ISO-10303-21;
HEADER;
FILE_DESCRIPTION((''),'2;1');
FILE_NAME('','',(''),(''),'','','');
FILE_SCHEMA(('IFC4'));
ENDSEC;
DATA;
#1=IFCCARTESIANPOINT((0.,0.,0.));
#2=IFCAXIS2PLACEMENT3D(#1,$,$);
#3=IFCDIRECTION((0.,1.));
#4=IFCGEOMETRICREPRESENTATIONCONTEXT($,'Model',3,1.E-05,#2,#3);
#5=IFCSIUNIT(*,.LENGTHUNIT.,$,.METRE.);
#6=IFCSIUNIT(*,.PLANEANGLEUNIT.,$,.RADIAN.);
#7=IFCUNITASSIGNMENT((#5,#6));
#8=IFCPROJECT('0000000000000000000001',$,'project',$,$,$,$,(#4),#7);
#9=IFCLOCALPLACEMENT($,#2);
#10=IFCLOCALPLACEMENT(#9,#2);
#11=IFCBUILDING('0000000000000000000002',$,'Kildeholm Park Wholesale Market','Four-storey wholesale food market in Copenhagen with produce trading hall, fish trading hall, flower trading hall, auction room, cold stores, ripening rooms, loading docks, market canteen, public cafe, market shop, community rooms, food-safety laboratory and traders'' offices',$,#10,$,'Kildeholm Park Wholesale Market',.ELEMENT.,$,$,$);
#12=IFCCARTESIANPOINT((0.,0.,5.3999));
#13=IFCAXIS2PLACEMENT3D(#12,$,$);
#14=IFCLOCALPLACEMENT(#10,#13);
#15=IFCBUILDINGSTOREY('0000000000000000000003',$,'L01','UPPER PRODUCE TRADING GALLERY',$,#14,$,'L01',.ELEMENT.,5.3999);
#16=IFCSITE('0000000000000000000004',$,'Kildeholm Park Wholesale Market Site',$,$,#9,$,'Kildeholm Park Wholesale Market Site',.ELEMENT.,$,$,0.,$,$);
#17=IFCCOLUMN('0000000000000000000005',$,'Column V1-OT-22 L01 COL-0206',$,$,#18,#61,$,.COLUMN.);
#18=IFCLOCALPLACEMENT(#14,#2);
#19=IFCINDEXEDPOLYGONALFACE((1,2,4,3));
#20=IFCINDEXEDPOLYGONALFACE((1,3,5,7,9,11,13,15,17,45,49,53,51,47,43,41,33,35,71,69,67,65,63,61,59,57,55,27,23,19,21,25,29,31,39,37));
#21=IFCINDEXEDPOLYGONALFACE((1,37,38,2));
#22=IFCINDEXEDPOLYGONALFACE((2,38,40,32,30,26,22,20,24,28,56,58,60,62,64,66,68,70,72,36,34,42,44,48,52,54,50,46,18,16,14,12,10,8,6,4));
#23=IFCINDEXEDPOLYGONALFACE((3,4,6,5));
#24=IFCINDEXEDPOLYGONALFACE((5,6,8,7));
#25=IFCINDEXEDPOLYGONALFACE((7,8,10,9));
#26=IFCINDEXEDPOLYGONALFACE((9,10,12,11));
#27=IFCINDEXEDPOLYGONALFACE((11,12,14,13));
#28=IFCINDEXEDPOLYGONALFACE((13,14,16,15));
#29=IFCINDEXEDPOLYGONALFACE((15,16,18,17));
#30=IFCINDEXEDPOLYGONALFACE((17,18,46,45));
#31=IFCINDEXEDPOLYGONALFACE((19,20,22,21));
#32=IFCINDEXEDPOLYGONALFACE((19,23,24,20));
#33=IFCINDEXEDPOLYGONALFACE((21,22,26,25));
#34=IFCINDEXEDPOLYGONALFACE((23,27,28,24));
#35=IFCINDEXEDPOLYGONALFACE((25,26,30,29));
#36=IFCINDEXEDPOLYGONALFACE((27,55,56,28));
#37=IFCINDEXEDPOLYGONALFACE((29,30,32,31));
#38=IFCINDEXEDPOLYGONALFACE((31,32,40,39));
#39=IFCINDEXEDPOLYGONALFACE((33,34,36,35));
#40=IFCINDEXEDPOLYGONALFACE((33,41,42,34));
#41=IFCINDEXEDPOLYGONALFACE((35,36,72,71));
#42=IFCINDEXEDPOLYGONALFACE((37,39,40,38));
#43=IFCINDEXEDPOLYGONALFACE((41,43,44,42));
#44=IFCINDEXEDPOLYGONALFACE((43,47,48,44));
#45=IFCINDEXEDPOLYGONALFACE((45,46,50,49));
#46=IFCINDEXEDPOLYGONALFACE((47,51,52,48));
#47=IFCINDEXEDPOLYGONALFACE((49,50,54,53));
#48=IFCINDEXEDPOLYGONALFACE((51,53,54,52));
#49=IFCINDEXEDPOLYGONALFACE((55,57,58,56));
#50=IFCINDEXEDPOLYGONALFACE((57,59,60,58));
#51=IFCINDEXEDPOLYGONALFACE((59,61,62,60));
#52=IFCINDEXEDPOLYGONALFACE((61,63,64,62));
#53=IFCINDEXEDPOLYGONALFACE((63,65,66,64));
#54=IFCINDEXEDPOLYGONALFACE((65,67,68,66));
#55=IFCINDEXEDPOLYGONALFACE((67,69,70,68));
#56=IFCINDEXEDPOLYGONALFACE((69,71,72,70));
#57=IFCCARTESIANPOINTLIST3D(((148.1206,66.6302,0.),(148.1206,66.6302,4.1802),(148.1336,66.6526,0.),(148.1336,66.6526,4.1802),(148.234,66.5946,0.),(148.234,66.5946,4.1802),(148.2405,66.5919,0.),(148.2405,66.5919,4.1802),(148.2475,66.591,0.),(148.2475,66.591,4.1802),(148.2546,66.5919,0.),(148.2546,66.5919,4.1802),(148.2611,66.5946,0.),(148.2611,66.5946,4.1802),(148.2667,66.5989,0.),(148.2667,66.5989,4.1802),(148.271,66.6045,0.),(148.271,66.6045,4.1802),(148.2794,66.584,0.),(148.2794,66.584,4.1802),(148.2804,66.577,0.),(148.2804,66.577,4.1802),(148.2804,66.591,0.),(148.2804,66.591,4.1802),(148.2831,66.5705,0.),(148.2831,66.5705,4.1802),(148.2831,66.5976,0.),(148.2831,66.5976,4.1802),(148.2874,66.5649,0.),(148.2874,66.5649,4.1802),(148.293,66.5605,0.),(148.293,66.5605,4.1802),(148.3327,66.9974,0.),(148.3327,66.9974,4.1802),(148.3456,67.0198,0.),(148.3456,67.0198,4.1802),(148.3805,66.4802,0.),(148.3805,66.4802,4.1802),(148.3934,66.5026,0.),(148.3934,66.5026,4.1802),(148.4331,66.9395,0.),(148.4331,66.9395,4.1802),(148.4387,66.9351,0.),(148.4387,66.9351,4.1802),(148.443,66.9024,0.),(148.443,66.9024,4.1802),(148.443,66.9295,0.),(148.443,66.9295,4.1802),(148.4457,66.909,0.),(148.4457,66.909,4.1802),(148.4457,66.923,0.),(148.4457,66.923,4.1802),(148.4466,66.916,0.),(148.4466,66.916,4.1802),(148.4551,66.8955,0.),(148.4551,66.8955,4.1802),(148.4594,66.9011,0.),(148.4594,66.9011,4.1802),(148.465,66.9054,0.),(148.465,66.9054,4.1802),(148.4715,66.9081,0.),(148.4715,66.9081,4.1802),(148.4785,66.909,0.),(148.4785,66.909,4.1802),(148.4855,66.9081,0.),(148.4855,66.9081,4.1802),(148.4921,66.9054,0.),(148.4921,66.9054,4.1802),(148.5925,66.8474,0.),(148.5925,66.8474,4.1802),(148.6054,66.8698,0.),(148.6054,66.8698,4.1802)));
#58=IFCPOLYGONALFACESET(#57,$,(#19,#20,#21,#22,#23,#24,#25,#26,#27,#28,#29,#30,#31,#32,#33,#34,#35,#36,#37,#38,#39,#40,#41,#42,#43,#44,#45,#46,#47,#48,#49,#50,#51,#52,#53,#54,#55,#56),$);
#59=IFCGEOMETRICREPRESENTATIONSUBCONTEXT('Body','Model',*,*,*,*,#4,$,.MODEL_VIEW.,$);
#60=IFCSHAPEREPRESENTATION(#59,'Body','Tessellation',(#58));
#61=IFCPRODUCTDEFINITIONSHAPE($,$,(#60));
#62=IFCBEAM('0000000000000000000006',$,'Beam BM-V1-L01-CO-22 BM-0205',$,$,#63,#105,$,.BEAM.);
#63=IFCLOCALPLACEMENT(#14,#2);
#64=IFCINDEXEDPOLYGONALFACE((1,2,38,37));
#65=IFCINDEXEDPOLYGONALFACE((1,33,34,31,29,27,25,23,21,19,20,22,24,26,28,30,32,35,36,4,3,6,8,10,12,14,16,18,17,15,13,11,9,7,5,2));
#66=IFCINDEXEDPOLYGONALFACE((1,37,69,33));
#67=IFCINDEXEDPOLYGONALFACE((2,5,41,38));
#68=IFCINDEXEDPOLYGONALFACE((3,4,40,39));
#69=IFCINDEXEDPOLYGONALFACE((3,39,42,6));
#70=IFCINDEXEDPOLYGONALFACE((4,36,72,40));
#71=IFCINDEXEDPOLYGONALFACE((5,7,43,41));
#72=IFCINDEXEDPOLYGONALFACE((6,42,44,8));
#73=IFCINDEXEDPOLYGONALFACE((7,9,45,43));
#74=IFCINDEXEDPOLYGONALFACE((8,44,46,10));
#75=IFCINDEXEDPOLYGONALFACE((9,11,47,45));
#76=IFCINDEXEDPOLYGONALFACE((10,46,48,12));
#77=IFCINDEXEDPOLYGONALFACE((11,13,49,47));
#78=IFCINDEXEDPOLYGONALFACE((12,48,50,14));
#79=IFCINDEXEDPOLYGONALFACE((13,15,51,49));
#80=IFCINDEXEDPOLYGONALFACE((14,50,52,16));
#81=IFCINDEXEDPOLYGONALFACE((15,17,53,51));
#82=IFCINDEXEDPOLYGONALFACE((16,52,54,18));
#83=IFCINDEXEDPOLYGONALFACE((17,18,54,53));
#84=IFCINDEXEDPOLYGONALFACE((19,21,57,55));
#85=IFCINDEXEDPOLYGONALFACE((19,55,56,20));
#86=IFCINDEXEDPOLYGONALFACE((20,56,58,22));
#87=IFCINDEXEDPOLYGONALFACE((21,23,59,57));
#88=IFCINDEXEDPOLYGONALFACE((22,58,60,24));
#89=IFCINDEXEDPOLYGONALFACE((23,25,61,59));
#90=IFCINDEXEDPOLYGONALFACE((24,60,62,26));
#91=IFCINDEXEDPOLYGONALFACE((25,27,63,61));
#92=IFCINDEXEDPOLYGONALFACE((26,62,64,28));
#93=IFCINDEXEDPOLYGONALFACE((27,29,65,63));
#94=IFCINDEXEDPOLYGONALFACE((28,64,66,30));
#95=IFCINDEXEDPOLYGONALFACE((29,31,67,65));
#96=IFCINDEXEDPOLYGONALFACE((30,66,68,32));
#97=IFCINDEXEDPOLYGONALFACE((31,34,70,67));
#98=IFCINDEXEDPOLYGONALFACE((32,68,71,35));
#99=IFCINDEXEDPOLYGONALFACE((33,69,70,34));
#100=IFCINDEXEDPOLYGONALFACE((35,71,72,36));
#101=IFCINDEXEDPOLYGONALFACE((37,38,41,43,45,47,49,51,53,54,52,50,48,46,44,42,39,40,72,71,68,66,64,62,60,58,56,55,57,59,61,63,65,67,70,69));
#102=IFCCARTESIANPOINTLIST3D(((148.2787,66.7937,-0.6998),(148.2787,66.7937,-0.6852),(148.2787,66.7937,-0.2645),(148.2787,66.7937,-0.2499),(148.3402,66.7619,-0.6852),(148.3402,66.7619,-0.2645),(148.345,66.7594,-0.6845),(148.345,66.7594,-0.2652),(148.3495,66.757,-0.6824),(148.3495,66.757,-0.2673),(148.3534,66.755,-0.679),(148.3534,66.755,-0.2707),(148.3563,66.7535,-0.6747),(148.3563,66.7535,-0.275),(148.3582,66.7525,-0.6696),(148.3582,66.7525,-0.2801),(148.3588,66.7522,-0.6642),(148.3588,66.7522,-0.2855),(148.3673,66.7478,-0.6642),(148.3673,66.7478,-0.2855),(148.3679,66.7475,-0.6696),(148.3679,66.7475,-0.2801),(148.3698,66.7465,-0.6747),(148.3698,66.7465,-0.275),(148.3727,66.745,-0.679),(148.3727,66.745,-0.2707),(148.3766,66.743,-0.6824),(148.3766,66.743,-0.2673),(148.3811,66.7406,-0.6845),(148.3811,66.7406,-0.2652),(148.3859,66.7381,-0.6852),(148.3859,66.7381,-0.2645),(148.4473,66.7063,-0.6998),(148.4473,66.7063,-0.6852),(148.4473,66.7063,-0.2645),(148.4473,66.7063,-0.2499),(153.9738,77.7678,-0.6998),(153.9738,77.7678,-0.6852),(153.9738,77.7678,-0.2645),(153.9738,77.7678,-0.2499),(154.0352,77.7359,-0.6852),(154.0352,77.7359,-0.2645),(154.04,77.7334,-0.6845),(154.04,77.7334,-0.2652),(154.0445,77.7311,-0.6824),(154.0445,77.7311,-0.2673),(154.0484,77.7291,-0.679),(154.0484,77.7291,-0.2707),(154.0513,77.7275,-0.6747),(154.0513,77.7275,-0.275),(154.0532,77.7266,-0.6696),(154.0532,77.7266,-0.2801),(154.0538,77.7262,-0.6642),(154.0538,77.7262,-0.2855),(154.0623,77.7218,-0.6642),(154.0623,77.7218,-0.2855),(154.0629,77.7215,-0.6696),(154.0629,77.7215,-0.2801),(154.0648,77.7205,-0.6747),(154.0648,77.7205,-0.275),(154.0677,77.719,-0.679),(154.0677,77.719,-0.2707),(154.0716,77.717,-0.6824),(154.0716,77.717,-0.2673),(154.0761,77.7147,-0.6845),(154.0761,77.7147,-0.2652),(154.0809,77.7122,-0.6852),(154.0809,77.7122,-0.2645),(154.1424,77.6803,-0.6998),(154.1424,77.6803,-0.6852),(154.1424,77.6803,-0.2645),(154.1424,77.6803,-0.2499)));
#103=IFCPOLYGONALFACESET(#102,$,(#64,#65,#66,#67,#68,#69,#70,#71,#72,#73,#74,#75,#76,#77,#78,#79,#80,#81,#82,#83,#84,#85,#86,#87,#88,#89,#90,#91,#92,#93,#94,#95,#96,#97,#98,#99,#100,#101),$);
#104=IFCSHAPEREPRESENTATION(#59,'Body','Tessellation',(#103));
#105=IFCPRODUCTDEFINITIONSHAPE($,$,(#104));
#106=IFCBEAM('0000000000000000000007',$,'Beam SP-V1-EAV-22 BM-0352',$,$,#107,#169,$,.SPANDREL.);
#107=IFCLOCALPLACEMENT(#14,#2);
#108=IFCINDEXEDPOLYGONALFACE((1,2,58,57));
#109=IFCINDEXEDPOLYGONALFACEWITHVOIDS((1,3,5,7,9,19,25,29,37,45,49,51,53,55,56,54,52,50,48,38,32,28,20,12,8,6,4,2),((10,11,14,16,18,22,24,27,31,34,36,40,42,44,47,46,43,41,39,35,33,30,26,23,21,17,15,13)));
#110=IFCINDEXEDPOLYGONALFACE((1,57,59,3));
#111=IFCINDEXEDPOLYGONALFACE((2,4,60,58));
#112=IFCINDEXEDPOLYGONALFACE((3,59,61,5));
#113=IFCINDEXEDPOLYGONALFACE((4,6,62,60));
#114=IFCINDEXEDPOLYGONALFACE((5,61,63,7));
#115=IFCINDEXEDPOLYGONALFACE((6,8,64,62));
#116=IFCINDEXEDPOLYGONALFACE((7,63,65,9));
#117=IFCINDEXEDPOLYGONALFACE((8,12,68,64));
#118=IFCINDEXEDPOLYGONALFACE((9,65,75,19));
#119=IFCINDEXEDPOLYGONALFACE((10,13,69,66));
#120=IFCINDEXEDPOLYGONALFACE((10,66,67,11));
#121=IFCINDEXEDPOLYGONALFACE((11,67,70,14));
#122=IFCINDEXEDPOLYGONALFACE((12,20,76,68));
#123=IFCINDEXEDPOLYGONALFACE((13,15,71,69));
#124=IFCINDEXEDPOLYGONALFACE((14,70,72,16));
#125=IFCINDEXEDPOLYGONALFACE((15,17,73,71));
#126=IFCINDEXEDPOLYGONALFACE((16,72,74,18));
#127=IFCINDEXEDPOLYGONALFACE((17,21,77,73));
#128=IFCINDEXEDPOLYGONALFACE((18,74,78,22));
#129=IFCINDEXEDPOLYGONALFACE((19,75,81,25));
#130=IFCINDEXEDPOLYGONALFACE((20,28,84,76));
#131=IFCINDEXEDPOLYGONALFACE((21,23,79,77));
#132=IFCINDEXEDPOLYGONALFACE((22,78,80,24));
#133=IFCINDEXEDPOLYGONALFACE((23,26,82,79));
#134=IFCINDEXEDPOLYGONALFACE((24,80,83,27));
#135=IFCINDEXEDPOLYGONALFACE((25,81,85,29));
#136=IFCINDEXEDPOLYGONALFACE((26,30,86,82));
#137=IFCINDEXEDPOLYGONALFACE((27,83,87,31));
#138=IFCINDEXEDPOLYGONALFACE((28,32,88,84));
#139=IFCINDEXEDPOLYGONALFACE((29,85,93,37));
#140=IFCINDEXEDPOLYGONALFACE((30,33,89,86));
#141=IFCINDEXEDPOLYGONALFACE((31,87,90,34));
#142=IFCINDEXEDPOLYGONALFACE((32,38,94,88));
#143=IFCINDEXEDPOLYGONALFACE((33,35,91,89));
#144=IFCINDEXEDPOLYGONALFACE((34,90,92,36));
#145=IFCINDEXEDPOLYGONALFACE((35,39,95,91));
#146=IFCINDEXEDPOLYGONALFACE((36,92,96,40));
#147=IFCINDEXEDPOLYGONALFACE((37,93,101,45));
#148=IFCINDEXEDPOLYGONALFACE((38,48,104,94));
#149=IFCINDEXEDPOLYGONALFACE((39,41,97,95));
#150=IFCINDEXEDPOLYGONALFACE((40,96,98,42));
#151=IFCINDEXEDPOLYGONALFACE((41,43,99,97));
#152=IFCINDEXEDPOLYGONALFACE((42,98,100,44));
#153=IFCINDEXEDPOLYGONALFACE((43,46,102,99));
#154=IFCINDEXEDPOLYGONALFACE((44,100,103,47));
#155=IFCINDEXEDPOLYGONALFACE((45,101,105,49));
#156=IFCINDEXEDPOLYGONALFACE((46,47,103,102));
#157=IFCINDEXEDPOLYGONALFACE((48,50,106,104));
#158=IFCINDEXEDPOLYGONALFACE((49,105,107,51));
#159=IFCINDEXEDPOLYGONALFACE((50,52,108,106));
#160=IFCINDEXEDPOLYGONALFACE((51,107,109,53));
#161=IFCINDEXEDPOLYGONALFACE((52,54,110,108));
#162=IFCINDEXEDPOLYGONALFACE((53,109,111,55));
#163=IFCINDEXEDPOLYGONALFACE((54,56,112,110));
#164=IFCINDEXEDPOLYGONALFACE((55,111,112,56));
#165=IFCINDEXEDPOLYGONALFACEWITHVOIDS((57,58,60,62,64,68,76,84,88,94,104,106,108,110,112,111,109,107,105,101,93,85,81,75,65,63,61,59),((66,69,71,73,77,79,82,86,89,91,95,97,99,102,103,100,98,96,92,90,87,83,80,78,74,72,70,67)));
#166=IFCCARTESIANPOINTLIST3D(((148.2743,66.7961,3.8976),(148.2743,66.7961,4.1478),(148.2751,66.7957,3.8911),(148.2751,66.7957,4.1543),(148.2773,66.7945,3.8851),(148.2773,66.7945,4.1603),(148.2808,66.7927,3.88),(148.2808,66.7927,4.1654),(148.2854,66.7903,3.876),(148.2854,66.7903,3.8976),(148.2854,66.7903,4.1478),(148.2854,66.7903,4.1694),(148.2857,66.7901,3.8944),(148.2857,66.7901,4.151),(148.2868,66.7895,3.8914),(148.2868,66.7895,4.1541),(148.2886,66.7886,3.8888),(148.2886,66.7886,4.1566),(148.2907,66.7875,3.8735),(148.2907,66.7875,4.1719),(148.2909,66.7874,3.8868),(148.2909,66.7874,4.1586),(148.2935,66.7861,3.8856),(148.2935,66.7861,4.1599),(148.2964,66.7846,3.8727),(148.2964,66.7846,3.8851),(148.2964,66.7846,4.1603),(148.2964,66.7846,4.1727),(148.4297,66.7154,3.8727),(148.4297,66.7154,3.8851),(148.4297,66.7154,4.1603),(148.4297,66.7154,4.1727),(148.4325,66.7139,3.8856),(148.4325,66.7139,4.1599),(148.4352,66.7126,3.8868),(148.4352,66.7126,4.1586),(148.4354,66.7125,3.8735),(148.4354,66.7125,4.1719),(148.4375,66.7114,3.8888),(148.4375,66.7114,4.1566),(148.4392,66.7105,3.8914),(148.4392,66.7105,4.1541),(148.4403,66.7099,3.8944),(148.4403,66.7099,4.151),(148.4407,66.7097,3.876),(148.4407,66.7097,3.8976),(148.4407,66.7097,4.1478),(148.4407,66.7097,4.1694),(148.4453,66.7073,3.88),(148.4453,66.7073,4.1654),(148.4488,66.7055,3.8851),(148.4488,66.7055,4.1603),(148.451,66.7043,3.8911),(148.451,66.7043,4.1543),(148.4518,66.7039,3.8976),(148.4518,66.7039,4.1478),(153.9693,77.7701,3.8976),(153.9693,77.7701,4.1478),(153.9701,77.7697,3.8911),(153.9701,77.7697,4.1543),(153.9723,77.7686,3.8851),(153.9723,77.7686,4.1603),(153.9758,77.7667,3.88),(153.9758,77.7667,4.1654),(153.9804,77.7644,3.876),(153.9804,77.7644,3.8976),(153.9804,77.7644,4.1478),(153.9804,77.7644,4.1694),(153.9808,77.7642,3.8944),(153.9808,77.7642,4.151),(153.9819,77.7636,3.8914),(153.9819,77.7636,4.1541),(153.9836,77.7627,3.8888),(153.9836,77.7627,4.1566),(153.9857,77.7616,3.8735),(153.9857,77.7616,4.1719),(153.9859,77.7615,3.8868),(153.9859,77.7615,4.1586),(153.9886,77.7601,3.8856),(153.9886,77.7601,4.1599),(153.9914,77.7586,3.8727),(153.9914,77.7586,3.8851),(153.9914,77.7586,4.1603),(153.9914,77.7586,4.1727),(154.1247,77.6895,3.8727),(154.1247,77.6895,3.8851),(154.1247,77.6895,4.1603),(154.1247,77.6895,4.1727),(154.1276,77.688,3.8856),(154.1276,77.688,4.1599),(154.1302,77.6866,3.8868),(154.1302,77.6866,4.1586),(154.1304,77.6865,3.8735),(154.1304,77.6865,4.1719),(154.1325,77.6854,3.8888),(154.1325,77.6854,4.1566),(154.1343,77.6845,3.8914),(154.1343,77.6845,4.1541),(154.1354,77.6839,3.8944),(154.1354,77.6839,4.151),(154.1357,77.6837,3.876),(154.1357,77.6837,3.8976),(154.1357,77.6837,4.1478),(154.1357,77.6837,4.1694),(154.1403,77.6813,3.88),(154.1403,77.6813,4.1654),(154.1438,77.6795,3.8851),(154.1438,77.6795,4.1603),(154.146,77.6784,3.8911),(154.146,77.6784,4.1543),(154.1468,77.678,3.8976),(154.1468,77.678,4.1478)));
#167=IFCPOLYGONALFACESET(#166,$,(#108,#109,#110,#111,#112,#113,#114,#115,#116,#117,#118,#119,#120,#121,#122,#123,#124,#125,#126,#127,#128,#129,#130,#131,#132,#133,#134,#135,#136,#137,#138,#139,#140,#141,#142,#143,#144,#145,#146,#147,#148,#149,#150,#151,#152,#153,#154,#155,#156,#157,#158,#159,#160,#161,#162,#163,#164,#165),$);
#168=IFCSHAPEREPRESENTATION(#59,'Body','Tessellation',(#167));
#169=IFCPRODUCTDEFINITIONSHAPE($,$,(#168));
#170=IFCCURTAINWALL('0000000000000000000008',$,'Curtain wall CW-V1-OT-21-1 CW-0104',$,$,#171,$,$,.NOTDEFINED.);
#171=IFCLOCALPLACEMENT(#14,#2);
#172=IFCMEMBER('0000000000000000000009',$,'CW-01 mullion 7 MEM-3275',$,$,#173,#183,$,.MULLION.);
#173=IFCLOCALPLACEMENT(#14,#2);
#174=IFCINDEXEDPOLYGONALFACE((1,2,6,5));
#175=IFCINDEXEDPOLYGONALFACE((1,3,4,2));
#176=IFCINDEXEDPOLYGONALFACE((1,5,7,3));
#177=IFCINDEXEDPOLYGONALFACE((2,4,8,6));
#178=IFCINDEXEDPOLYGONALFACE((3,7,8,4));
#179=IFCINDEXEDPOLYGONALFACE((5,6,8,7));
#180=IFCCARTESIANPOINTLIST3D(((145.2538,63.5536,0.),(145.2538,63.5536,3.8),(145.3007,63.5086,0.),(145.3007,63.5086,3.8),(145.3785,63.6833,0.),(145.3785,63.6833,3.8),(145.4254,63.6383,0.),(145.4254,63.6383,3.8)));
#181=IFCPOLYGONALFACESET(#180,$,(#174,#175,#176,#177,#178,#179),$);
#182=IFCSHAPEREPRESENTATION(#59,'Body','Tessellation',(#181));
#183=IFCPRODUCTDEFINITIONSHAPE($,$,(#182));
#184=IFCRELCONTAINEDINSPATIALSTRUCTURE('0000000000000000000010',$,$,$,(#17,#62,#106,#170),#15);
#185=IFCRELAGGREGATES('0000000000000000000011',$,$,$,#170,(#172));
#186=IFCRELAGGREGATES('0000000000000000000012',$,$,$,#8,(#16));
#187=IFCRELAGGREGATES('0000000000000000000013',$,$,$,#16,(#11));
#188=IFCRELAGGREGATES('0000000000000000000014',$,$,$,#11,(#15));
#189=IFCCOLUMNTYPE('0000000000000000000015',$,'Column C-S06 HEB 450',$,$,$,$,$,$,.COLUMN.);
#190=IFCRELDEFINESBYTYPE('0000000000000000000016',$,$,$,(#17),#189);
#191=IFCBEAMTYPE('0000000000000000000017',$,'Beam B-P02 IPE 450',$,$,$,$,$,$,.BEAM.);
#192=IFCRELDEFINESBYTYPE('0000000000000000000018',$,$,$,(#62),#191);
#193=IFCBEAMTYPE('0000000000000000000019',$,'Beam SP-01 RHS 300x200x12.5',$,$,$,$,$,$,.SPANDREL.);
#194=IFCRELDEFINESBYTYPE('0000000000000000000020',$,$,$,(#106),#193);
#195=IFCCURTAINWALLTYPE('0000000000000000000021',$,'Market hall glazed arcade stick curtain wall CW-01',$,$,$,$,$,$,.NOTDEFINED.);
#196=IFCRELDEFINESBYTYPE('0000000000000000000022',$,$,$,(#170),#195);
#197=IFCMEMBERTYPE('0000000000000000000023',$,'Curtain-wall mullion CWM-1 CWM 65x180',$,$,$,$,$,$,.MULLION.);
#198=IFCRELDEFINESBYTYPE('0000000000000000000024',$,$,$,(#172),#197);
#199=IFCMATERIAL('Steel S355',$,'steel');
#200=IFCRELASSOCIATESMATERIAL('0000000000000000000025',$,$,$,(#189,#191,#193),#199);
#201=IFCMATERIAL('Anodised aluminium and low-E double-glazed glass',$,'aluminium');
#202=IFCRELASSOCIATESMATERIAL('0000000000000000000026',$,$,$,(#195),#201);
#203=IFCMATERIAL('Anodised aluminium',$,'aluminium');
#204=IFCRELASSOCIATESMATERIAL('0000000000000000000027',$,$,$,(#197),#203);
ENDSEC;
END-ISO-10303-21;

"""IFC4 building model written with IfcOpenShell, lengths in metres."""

from ifc_helpers import new_model, si_unit, direction, frame, origin, origin_2d, place, context, subcontext, project, spatial, rectangle, hollow_rectangle, i_section, extrude, material, material_profile, profile_set, type_object, element, aggregate, save


model = new_model("IFC4")

# Units and contexts
model_context = context("Model", 3, precision=1e-05, world=origin(), true_north=direction((0.0, 1.0)))
body_context = subcontext(model_context, "Body", "Model", "MODEL_VIEW")
ifc_project = project(units=[si_unit("LENGTHUNIT", "METRE"), si_unit("PLANEANGLEUNIT", "RADIAN")], contexts=[model_context])

# Site, building, storey
site_placement = place(None, origin())
site = spatial("IfcSite", under=ifc_project, at=site_placement, Name="Kildeholm Park Wholesale Market Site", LongName="Kildeholm Park Wholesale Market Site", CompositionType="ELEMENT", RefElevation=0.0)
building_placement = place(site_placement, origin())
building = spatial("IfcBuilding", under=site, at=building_placement, Name="Kildeholm Park Wholesale Market", Description="Four-storey wholesale food market in Copenhagen with produce trading hall, fish trading hall, flower trading hall, auction room, cold stores, ripening rooms, loading docks, market canteen, public cafe, market shop, community rooms, food-safety laboratory and traders' offices", LongName="Kildeholm Park Wholesale Market", CompositionType="ELEMENT")
storey_placement = place(building_placement, frame((0.0, 0.0, 5.3999)))
storey = spatial("IfcBuildingStorey", under=building, at=storey_placement, Name="L01", Description="UPPER PRODUCE TRADING GALLERY", LongName="L01", CompositionType="ELEMENT", Elevation=5.3999)

# Column
ifc_material_1 = material(Name="Steel S355", Category="steel")
ifc_material_profile_1 = material_profile(ifc_material_1, i_section(OverallWidth=0.3, OverallDepth=0.45, WebThickness=0.0139, FlangeThickness=0.0259, FilletRadius=0.0271, at=origin_2d()), Name="HEB 450")
ifc_profile_set_1 = profile_set([ifc_material_profile_1], Name="Steel S355")
column_type = type_object("IfcColumnType", Name="Column C-S06 HEB 450", PredefinedType="COLUMN", material=ifc_profile_set_1)
column_placement = place(storey_placement, frame((148.363, 66.75, 0.0), z_axis=(0.0, 0.0, 1.0), x_axis=(0.866025, -0.5, 0.0)))
element("IfcColumn", 1, at=column_placement, inside=storey, type_object=column_type, Name="Column V1-OT-22 L01 COL-0206", PredefinedType="COLUMN", context=body_context, shape_type="SweptSolid", body=[
    extrude(i_section(OverallWidth=0.3, OverallDepth=0.45, WebThickness=0.0139, FlangeThickness=0.0259, FilletRadius=0.0271, at=origin_2d()), origin(), (0.0, 0.0, 1.0), 4.1802),
])

# Beams
ifc_material_profile_2 = material_profile(ifc_material_1, i_section(OverallWidth=0.1899, OverallDepth=0.45, WebThickness=0.0095, FlangeThickness=0.0146, FilletRadius=0.021, at=origin_2d()), Name="IPE 450")
ifc_profile_set_2 = profile_set([ifc_material_profile_2], Name="Steel S355")
beam_type_1 = type_object("IfcBeamType", Name="Beam B-P02 IPE 450", PredefinedType="BEAM", material=ifc_profile_set_2)
beam_1_placement = place(storey_placement, frame((148.363, 66.75, -0.4749), z_axis=(0.460622, 0.887596, 0.0), x_axis=(-0.887596, 0.460622, 0.0)))
element("IfcBeam", 2, at=beam_1_placement, inside=storey, type_object=beam_type_1, Name="Beam BM-V1-L01-CO-22 BM-0205", PredefinedType="BEAM", context=body_context, shape_type="SweptSolid", body=[
    extrude(i_section(OverallWidth=0.1899, OverallDepth=0.45, WebThickness=0.0095, FlangeThickness=0.0146, FilletRadius=0.021, at=origin_2d()), origin(), (0.0, 0.0, 1.0), 12.3638),
])
ifc_material_profile_3 = material_profile(ifc_material_1, hollow_rectangle(XDim=0.2, YDim=0.3, WallThickness=0.0125, InnerFilletRadius=0.0125, OuterFilletRadius=0.0249, at=origin_2d()), Name="RHS 300x200x12.5")
ifc_profile_set_3 = profile_set([ifc_material_profile_3], Name="Steel S355")
beam_type_2 = type_object("IfcBeamType", Name="Beam SP-01 RHS 300x200x12.5", PredefinedType="SPANDREL", material=ifc_profile_set_3)
beam_2_placement = place(storey_placement, frame((148.363, 66.75, 4.0227), z_axis=(0.460622, 0.887596, 0.0), x_axis=(-0.887596, 0.460622, 0.0)))
element("IfcBeam", 3, at=beam_2_placement, inside=storey, type_object=beam_type_2, Name="Beam SP-V1-EAV-22 BM-0352", PredefinedType="SPANDREL", context=body_context, shape_type="SweptSolid", body=[
    extrude(hollow_rectangle(XDim=0.2, YDim=0.3, WallThickness=0.0125, InnerFilletRadius=0.0125, OuterFilletRadius=0.0249, at=origin_2d()), origin(), (0.0, 0.0, 1.0), 12.3638),
])

# Curtain wall, member
ifc_material_2 = material(Name="Anodised aluminium and low-E double-glazed glass", Category="aluminium")
curtain_wall_type = type_object("IfcCurtainWallType", Name="Market hall glazed arcade stick curtain wall CW-01", PredefinedType="NOTDEFINED", material=ifc_material_2)
curtain_wall_1_placement = place(storey_placement, origin())
curtain_wall_1 = element("IfcCurtainWall", 4, at=curtain_wall_1_placement, inside=storey, type_object=curtain_wall_type, Name="Curtain wall CW-V1-OT-21-1 CW-0104", PredefinedType="NOTDEFINED")
ifc_material_3 = material(Name="Anodised aluminium", Category="aluminium")
ifc_material_profile_4 = material_profile(ifc_material_3, rectangle(XDim=0.0649, YDim=0.1799, at=origin_2d()), Name="CWM 65x180")
ifc_profile_set_4 = profile_set([ifc_material_profile_4], Name="Anodised aluminium")
member_type_1 = type_object("IfcMemberType", Name="Curtain-wall mullion CWM-1 CWM 65x180", PredefinedType="MULLION", material=ifc_profile_set_4)
member_1_placement = place(storey_placement, frame((145.3396, 63.5959, 0.0), z_axis=(0.0, 0.0, 1.0), x_axis=(-0.720901, 0.693038, 0.0)))
member_1 = element("IfcMember", 5, at=member_1_placement, type_object=member_type_1, Name="CW-01 mullion 7 MEM-3275", PredefinedType="MULLION", context=body_context, shape_type="SweptSolid", body=[
    extrude(rectangle(XDim=0.0649, YDim=0.1799, at=origin_2d()), origin(), (0.0, 0.0, 1.0), 3.8),
])

aggregate(curtain_wall_1, [member_1])

save(model, "model.ifc")
